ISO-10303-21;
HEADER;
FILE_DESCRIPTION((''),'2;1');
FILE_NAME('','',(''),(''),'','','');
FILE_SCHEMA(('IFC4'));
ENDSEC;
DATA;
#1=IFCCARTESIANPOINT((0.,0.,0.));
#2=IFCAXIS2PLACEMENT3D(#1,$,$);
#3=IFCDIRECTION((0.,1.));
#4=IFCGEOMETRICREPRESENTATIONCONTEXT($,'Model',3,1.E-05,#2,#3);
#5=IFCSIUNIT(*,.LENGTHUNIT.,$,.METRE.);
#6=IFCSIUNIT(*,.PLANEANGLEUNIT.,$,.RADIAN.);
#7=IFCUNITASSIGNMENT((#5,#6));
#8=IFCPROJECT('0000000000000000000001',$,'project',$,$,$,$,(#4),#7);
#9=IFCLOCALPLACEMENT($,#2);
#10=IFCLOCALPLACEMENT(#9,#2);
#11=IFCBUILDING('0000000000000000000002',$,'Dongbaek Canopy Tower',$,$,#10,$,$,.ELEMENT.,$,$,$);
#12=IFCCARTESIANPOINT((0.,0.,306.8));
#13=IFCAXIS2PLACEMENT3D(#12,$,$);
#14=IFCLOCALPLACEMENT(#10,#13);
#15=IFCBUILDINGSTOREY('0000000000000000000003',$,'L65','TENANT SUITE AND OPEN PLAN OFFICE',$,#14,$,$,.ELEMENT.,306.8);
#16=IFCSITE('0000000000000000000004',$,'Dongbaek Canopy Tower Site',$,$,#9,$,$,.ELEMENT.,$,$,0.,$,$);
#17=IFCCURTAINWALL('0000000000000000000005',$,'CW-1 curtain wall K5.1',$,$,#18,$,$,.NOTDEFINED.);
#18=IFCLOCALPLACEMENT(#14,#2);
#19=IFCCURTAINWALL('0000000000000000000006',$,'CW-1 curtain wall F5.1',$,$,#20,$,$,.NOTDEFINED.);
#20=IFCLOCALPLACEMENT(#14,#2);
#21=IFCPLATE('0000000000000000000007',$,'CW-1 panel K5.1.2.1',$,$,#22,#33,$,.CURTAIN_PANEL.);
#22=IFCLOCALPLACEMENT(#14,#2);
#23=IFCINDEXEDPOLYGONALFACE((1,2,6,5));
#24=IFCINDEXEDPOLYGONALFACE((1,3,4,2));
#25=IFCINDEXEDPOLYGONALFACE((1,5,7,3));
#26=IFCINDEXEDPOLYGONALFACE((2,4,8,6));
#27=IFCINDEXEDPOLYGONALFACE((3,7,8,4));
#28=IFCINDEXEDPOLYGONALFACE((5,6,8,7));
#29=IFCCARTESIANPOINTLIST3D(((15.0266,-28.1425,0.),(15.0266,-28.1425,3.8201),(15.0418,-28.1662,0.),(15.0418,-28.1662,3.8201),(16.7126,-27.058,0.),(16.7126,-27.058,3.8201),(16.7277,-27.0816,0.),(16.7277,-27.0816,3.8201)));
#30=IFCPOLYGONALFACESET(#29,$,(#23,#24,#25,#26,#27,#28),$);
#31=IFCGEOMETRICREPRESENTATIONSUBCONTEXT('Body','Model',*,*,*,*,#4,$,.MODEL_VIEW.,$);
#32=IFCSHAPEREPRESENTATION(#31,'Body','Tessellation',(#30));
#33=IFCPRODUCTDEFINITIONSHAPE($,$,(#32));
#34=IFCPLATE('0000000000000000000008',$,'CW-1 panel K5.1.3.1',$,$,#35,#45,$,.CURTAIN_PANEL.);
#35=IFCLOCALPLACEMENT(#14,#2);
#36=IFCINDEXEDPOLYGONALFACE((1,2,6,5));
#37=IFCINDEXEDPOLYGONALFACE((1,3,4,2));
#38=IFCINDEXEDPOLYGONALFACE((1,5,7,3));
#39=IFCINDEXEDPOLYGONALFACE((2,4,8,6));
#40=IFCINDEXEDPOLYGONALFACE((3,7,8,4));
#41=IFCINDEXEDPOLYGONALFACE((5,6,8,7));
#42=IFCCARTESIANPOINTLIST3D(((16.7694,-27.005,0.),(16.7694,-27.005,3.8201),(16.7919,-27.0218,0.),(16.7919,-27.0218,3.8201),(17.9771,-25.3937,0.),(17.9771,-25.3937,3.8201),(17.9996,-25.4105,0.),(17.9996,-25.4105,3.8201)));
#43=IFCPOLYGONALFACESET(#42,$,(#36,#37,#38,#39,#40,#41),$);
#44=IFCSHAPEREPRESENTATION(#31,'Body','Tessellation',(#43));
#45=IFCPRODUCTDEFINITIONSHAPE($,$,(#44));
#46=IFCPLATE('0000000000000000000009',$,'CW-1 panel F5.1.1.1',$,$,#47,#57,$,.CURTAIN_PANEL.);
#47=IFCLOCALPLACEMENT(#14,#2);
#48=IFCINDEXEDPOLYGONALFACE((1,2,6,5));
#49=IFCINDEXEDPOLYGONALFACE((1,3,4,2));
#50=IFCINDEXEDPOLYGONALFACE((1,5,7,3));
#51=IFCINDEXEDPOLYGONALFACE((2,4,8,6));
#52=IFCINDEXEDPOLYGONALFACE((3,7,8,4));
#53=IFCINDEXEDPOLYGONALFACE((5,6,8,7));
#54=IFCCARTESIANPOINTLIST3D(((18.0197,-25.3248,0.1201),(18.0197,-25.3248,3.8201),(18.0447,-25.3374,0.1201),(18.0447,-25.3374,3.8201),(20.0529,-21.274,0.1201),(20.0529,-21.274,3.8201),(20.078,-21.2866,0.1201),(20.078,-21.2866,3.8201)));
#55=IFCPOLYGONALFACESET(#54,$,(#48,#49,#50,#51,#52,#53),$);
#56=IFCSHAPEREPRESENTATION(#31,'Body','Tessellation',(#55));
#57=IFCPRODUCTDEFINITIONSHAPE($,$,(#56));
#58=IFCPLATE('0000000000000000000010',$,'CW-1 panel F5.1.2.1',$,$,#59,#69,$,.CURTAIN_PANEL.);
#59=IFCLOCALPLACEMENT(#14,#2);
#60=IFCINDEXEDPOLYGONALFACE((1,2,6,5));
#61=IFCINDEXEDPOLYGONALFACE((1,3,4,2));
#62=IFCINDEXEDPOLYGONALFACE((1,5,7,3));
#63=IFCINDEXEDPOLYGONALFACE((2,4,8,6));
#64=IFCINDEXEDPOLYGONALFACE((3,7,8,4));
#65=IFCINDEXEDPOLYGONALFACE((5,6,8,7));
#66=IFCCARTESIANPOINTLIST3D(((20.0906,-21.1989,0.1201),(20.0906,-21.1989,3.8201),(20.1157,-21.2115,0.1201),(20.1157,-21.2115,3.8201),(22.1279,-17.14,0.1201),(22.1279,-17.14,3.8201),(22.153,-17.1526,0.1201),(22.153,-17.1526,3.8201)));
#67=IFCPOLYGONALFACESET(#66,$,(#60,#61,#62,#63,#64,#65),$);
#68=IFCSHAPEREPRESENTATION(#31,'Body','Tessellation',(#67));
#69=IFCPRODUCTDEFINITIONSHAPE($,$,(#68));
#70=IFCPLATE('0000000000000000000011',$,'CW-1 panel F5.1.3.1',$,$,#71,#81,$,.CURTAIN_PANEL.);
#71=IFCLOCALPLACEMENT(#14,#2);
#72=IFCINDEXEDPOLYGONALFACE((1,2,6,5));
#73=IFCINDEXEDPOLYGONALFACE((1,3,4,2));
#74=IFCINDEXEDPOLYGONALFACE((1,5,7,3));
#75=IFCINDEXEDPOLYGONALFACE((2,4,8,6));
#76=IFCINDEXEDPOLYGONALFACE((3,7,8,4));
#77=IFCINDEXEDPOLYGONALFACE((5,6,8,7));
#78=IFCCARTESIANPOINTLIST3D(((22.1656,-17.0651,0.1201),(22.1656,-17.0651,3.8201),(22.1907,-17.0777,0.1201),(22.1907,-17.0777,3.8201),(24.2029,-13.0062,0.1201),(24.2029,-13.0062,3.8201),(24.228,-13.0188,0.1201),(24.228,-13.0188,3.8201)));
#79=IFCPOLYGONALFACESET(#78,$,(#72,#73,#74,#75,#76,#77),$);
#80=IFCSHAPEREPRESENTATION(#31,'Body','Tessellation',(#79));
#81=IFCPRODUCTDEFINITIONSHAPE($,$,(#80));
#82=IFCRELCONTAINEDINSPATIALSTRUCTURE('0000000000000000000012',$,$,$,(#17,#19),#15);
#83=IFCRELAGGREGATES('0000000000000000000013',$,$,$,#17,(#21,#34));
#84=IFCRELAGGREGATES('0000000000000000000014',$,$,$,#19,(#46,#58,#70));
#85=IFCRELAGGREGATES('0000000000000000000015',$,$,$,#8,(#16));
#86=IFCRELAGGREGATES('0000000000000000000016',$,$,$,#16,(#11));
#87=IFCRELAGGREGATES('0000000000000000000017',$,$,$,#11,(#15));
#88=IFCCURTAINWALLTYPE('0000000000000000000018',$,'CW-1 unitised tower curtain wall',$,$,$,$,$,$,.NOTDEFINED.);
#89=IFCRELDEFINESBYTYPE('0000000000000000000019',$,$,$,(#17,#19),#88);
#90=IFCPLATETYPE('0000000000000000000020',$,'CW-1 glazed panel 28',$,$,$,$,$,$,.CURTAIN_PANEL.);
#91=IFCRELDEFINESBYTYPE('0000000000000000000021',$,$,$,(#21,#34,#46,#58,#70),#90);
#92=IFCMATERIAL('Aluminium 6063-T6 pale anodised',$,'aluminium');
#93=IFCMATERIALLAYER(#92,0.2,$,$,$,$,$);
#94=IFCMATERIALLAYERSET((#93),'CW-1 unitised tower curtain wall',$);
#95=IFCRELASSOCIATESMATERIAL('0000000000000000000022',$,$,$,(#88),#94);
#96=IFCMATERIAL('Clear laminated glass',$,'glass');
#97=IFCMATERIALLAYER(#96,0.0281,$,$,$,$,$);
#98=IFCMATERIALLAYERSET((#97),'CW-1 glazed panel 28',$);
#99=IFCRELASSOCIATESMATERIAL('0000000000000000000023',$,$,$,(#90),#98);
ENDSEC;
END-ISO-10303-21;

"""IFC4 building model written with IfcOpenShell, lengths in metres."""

from ifc_helpers import new_model, si_unit, direction, frame, origin, origin_2d, place, context, subcontext, project, spatial, rectangle, extrude, material, layer, layer_set, type_object, element, aggregate, save


model = new_model("IFC4")

# Units and contexts
model_context = context("Model", 3, precision=1e-05, world=origin(), true_north=direction((0.0, 1.0)))
body_context = subcontext(model_context, "Body", "Model", "MODEL_VIEW")
ifc_project = project(units=[si_unit("LENGTHUNIT", "METRE"), si_unit("PLANEANGLEUNIT", "RADIAN")], contexts=[model_context])

# Site, building, storey
site_placement = place(None, origin())
site = spatial("IfcSite", under=ifc_project, at=site_placement, Name="Dongbaek Canopy Tower Site", CompositionType="ELEMENT", RefElevation=0.0)
building_placement = place(site_placement, origin())
building = spatial("IfcBuilding", under=site, at=building_placement, Name="Dongbaek Canopy Tower", CompositionType="ELEMENT")
storey_placement = place(building_placement, frame((0.0, 0.0, 306.8)))
storey = spatial("IfcBuildingStorey", under=building, at=storey_placement, Name="L65", Description="TENANT SUITE AND OPEN PLAN OFFICE", CompositionType="ELEMENT", Elevation=306.8)

# Curtain walls
ifc_material_1 = material(Name="Aluminium 6063-T6 pale anodised", Category="aluminium")
ifc_layer_1 = layer(ifc_material_1, 0.2)
ifc_layer_set_1 = layer_set([ifc_layer_1], Name="CW-1 unitised tower curtain wall")
curtain_wall_type = type_object("IfcCurtainWallType", Name="CW-1 unitised tower curtain wall", PredefinedType="NOTDEFINED", material=ifc_layer_set_1)
curtain_wall_1_placement = place(storey_placement, origin())
curtain_wall_1 = element("IfcCurtainWall", 1, at=curtain_wall_1_placement, inside=storey, type_object=curtain_wall_type, Name="CW-1 curtain wall K5.1", PredefinedType="NOTDEFINED")
curtain_wall_2_placement = place(storey_placement, origin())
curtain_wall_2 = element("IfcCurtainWall", 2, at=curtain_wall_2_placement, inside=storey, type_object=curtain_wall_type, Name="CW-1 curtain wall F5.1", PredefinedType="NOTDEFINED")

# Plates
ifc_material_2 = material(Name="Clear laminated glass", Category="glass")
ifc_layer_2 = layer(ifc_material_2, 0.0281)
ifc_layer_set_2 = layer_set([ifc_layer_2], Name="CW-1 glazed panel 28")
plate_type = type_object("IfcPlateType", Name="CW-1 glazed panel 28", PredefinedType="CURTAIN_PANEL", material=ifc_layer_set_2)
plate_1_placement = place(storey_placement, frame((15.8772, -27.6121, 0.0), z_axis=(0.0, 0.0, 1.0), x_axis=(0.841004, 0.541029, 0.0)))
plate_1 = element("IfcPlate", 3, at=plate_1_placement, type_object=plate_type, Name="CW-1 panel K5.1.2.1", PredefinedType="CURTAIN_PANEL", context=body_context, shape_type="SweptSolid", body=[
    extrude(rectangle(XDim=2.0046, YDim=0.0281, at=origin_2d()), origin(), (0.0, 0.0, 1.0), 3.8201),
])
plate_2_placement = place(storey_placement, frame((17.3845, -26.2078, 0.0), z_axis=(0.0, 0.0, 1.0), x_axis=(0.59974, 0.800195, 0.0)))
plate_2 = element("IfcPlate", 4, at=plate_2_placement, type_object=plate_type, Name="CW-1 panel K5.1.3.1", PredefinedType="CURTAIN_PANEL", context=body_context, shape_type="SweptSolid", body=[
    extrude(rectangle(XDim=2.0137, YDim=0.0281, at=origin_2d()), origin(), (0.0, 0.0, 1.0), 3.8201),
])
aggregate(curtain_wall_1, [plate_1, plate_2])
plate_3_placement = place(storey_placement, frame((19.0488, -23.3057, 0.1201), z_axis=(0.0, 0.0, 1.0), x_axis=(0.448598, 0.893733, 0.0)))
plate_3 = element("IfcPlate", 5, at=plate_3_placement, type_object=plate_type, Name="CW-1 panel F5.1.1.1", PredefinedType="CURTAIN_PANEL", context=body_context, shape_type="SweptSolid", body=[
    extrude(rectangle(XDim=4.5325, YDim=0.0281, at=origin_2d()), origin(), (0.0, 0.0, 1.0), 3.7),
])
plate_4_placement = place(storey_placement, frame((21.1218, -19.1758, 0.1201), z_axis=(0.0, 0.0, 1.0), x_axis=(0.448598, 0.893733, 0.0)))
plate_4 = element("IfcPlate", 6, at=plate_4_placement, type_object=plate_type, Name="CW-1 panel F5.1.2.1", PredefinedType="CURTAIN_PANEL", context=body_context, shape_type="SweptSolid", body=[
    extrude(rectangle(XDim=4.5415, YDim=0.0281, at=origin_2d()), origin(), (0.0, 0.0, 1.0), 3.7),
])
plate_5_placement = place(storey_placement, frame((23.1968, -15.042, 0.1201), z_axis=(0.0, 0.0, 1.0), x_axis=(0.448598, 0.893733, 0.0)))
plate_5 = element("IfcPlate", 7, at=plate_5_placement, type_object=plate_type, Name="CW-1 panel F5.1.3.1", PredefinedType="CURTAIN_PANEL", context=body_context, shape_type="SweptSolid", body=[
    extrude(rectangle(XDim=4.5415, YDim=0.0281, at=origin_2d()), origin(), (0.0, 0.0, 1.0), 3.7),
])

aggregate(curtain_wall_2, [plate_3, plate_4, plate_5])

save(model, "model.ifc")
